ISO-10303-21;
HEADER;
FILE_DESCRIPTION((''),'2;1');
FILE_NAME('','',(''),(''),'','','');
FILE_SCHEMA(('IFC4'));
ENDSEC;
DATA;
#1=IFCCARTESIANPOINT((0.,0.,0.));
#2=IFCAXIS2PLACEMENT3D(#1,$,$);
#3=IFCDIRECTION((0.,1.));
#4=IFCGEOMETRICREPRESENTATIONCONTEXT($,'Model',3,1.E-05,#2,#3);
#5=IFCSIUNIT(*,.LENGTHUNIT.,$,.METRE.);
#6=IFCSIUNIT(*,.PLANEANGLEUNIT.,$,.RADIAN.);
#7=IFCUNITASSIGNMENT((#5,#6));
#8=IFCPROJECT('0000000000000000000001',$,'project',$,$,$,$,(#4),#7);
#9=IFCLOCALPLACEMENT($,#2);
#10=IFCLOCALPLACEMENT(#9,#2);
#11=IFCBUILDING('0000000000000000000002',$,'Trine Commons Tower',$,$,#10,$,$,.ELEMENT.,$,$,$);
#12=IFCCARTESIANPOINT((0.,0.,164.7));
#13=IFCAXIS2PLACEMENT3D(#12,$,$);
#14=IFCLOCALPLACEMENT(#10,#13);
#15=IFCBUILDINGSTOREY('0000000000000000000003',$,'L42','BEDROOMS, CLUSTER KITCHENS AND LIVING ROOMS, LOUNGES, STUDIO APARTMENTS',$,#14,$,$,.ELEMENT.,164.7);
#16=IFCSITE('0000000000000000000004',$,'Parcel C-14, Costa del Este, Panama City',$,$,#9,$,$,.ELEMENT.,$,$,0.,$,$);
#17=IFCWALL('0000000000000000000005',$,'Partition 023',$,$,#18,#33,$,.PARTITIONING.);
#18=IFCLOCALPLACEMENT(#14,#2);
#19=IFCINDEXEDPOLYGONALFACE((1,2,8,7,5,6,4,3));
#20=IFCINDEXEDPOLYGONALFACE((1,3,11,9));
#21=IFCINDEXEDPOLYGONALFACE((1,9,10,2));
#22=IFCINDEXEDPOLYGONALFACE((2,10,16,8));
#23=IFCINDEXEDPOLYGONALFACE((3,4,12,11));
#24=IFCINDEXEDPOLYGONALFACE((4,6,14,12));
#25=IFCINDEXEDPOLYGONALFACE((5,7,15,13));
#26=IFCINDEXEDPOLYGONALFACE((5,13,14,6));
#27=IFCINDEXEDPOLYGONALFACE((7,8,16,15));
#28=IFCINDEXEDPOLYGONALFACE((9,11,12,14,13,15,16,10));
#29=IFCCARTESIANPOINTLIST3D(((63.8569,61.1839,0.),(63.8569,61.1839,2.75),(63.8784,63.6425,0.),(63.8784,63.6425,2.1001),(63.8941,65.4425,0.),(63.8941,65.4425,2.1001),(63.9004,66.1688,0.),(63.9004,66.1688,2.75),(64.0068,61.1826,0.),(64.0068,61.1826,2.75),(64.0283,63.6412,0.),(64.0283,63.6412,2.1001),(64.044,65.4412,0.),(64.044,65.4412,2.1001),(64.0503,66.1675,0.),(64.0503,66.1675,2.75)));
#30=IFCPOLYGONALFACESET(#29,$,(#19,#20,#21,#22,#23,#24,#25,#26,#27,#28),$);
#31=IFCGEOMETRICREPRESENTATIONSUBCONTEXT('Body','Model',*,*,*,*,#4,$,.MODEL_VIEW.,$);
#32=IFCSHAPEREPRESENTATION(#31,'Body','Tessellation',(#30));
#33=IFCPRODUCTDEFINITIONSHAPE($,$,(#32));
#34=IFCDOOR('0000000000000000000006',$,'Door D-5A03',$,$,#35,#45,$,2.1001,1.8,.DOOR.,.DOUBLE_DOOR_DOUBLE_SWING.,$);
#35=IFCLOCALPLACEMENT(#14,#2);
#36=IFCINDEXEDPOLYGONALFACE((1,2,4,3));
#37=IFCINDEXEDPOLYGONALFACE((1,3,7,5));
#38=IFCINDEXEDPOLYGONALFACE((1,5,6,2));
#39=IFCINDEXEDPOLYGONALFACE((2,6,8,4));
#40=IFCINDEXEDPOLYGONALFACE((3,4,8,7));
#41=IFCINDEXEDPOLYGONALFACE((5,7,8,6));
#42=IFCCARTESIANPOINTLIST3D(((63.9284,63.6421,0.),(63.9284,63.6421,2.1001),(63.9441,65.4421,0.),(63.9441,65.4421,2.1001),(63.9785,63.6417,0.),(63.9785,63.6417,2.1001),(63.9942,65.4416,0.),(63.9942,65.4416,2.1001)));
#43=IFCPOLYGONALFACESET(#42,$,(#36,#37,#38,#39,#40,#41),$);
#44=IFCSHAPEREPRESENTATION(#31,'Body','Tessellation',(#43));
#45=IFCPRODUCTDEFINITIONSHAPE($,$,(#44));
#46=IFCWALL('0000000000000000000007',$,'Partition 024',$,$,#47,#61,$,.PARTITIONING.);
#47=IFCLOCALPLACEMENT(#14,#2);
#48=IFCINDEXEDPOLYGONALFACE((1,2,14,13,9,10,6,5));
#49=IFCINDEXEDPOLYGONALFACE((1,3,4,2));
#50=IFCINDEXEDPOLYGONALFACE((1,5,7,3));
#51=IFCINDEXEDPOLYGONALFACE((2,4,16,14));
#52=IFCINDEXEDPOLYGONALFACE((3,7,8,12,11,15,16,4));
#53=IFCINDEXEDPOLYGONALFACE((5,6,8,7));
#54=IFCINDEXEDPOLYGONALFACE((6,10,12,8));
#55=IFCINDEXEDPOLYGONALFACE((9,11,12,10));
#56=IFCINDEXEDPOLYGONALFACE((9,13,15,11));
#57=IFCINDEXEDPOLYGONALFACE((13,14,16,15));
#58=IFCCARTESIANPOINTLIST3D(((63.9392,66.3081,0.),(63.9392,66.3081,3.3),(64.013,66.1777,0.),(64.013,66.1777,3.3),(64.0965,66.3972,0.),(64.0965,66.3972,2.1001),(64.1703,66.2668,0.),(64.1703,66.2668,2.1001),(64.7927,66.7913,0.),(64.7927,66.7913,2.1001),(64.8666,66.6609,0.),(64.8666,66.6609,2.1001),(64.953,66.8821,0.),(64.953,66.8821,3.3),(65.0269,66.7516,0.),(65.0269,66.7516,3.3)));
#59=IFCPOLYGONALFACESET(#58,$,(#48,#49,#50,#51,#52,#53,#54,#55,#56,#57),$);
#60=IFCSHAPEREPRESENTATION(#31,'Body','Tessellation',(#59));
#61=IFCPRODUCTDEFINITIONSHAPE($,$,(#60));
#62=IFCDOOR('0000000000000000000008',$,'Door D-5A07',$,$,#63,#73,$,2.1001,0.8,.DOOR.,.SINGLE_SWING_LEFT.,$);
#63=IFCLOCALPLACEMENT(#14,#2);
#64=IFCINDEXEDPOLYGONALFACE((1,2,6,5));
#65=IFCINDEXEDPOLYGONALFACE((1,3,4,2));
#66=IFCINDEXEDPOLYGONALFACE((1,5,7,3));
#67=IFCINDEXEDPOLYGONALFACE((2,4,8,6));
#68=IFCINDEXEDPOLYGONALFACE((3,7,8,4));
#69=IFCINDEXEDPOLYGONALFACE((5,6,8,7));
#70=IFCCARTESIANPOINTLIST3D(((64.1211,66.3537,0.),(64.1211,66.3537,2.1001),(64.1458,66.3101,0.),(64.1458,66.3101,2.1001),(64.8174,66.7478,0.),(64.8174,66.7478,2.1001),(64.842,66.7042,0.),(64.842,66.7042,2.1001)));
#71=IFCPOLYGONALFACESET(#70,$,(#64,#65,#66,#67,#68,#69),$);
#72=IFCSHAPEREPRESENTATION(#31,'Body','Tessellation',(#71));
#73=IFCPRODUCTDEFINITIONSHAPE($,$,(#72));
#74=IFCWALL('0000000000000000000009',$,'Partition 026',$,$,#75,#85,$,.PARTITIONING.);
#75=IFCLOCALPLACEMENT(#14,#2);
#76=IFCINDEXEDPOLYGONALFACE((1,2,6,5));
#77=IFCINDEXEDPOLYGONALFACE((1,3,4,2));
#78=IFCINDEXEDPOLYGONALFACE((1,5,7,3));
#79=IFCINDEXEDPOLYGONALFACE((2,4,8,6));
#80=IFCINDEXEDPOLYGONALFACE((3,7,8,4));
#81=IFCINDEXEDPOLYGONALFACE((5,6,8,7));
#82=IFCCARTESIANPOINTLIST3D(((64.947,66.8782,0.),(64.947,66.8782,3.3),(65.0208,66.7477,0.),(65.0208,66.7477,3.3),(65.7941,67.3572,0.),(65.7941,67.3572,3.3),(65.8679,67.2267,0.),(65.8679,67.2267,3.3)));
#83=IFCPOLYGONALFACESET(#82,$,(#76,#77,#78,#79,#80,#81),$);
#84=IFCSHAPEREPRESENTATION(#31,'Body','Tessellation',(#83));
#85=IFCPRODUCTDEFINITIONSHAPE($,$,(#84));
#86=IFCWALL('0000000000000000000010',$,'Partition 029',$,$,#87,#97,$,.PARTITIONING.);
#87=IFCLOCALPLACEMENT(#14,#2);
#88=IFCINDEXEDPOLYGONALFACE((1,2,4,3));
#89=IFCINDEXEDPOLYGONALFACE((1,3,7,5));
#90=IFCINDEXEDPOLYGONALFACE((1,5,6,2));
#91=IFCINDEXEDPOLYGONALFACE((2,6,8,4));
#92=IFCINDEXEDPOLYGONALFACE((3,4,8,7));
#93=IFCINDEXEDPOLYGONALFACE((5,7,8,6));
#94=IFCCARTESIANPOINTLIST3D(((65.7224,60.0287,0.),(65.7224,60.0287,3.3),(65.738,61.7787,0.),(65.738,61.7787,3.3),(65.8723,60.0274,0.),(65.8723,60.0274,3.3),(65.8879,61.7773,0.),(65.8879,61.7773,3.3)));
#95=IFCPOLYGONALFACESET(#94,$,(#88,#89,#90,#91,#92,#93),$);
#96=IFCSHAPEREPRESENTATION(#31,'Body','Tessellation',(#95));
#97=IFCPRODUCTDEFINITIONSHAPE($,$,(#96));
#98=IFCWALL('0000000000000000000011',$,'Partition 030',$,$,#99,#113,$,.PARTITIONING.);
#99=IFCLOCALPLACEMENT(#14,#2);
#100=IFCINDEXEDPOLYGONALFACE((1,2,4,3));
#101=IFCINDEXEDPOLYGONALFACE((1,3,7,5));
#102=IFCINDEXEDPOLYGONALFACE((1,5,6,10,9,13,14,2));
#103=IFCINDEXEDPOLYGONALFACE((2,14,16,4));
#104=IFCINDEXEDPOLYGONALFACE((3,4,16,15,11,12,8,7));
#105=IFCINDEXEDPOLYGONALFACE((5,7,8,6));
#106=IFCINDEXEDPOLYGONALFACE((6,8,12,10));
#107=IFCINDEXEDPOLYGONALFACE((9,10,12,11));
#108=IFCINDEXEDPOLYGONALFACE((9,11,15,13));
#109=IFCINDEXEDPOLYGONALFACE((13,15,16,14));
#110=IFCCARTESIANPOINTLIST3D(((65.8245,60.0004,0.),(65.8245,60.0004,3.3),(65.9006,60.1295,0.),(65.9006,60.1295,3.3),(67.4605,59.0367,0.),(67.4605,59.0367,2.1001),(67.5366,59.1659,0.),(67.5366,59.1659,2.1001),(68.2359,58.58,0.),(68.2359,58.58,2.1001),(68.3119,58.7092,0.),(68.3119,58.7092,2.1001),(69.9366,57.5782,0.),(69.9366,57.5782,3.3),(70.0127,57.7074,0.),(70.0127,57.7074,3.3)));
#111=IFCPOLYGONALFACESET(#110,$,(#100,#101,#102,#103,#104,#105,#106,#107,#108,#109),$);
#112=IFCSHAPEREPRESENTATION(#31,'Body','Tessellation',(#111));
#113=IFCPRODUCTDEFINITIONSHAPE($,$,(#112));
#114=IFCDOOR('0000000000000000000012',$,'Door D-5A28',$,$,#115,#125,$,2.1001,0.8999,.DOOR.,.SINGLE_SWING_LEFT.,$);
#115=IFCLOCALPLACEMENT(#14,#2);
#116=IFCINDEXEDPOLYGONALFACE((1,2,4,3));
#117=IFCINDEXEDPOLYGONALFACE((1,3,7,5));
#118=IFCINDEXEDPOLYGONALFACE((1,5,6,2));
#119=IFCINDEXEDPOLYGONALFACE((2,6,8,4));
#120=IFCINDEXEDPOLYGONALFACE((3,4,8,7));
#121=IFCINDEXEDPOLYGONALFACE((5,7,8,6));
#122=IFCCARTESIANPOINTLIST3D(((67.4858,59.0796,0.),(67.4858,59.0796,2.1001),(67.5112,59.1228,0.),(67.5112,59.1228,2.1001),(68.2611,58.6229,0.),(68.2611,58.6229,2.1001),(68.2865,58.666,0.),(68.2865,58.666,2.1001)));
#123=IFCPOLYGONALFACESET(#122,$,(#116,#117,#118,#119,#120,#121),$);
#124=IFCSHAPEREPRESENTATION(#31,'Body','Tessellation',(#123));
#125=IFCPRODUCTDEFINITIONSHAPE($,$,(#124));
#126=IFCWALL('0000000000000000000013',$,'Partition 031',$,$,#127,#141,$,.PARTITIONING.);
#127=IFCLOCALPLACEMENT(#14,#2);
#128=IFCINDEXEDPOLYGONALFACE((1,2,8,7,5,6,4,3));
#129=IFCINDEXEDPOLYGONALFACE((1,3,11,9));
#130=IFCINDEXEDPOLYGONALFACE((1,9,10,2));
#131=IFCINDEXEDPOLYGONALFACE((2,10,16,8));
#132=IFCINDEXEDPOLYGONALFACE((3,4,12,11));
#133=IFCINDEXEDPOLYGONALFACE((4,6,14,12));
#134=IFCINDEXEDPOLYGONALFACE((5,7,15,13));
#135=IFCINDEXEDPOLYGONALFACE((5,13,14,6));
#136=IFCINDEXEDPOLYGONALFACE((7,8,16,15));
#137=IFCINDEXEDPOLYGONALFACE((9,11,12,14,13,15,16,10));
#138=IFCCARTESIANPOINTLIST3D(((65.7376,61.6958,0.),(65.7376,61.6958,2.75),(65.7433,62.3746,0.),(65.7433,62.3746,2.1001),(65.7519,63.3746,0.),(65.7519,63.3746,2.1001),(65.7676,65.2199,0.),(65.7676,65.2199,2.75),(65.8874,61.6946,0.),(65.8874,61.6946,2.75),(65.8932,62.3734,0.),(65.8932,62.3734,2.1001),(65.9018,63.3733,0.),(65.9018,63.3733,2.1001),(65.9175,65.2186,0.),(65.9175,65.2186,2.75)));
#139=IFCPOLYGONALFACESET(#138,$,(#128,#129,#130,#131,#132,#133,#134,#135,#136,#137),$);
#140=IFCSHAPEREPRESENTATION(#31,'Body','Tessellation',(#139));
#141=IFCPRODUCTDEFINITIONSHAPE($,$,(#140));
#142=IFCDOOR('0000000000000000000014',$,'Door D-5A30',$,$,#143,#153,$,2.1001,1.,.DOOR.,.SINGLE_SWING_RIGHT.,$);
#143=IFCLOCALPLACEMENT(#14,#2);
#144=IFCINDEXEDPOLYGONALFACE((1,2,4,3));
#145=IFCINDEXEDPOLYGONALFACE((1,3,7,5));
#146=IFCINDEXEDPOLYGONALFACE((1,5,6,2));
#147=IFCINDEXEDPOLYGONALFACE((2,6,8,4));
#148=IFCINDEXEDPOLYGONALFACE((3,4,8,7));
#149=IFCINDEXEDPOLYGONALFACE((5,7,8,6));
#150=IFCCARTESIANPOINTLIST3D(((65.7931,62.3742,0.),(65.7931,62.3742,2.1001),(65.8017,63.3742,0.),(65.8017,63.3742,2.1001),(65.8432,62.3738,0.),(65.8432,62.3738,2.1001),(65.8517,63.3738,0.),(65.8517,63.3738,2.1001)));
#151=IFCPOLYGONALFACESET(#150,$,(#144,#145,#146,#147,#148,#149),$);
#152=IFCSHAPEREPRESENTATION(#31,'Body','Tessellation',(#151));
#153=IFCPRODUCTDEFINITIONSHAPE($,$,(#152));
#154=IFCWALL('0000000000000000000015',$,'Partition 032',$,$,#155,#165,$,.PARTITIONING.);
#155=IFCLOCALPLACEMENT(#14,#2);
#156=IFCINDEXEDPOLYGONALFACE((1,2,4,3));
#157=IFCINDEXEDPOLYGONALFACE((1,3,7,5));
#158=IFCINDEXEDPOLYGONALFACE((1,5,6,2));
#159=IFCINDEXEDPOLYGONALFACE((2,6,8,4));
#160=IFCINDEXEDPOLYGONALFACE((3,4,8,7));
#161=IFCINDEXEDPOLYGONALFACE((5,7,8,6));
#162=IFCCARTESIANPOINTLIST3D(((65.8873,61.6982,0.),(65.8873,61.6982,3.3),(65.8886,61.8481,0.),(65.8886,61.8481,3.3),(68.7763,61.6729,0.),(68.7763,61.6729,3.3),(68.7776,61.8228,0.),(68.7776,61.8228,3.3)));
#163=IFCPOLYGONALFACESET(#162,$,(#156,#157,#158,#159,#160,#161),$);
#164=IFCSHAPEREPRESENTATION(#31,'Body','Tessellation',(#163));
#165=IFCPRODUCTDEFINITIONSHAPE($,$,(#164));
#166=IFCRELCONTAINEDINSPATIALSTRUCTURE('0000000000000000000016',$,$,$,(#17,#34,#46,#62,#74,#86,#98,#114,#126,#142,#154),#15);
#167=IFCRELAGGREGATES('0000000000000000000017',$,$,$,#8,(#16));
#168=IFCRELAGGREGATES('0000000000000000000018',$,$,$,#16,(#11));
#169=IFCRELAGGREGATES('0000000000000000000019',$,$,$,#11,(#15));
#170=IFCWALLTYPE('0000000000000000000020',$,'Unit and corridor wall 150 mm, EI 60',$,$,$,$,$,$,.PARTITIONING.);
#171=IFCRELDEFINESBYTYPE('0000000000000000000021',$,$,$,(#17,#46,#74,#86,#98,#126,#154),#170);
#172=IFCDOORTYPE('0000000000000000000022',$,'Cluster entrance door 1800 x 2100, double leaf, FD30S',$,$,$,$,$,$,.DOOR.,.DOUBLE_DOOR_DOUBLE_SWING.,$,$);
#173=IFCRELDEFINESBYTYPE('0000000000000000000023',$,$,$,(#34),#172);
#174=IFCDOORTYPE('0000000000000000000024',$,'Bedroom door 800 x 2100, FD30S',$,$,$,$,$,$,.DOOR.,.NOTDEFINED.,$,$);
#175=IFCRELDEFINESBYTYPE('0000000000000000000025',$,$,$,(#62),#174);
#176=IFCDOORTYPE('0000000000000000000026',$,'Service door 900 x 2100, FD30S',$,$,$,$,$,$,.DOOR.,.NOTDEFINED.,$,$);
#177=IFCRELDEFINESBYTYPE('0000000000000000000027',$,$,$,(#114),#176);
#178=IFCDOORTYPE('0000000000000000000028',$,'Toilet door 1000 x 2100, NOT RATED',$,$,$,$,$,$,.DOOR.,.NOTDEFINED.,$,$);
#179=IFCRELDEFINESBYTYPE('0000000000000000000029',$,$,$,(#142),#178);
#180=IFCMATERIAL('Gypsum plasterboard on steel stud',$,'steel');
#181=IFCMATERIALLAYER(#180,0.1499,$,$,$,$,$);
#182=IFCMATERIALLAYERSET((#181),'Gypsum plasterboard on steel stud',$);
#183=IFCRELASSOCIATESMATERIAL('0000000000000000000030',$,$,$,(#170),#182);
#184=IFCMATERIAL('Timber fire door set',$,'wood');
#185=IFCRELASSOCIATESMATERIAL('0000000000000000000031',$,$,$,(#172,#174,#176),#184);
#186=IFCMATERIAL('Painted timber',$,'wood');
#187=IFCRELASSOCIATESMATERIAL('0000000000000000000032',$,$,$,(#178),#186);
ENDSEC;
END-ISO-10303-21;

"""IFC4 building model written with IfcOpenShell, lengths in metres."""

from ifc_helpers import new_model, si_unit, direction, frame, frame_2d, origin, place, context, subcontext, project, spatial, rectangle, extrude, material, layer, layer_set, type_object, element, fill, save


model = new_model("IFC4")

# Units and contexts
model_context = context("Model", 3, precision=1e-05, world=origin(), true_north=direction((0.0, 1.0)))
body_context = subcontext(model_context, "Body", "Model", "MODEL_VIEW")
ifc_project = project(units=[si_unit("LENGTHUNIT", "METRE"), si_unit("PLANEANGLEUNIT", "RADIAN")], contexts=[model_context])

# Site, building, storey
site_placement = place(None, origin())
site = spatial("IfcSite", under=ifc_project, at=site_placement, Name="Parcel C-14, Costa del Este, Panama City", CompositionType="ELEMENT", RefElevation=0.0)
building_placement = place(site_placement, origin())
building = spatial("IfcBuilding", under=site, at=building_placement, Name="Trine Commons Tower", CompositionType="ELEMENT")
storey_placement = place(building_placement, frame((0.0, 0.0, 164.7)))
storey = spatial("IfcBuildingStorey", under=building, at=storey_placement, Name="L42", Description="BEDROOMS, CLUSTER KITCHENS AND LIVING ROOMS, LOUNGES, STUDIO APARTMENTS", CompositionType="ELEMENT", Elevation=164.7)

# Shared definitions
ifc_material_1 = material(Name="Gypsum plasterboard on steel stud", Category="steel")
ifc_layer_1 = layer(ifc_material_1, 0.1499)
ifc_layer_set_1 = layer_set([ifc_layer_1], Name="Gypsum plasterboard on steel stud")
wall_type_1 = type_object("IfcWallType", Name="Unit and corridor wall 150 mm, EI 60", PredefinedType="PARTITIONING", material=ifc_layer_set_1)

# Walls, openings, doors
wall_1_placement = place(storey_placement, frame((63.9319, 61.1831, 0.0), z_axis=(0.0, 0.0, 1.0), x_axis=(0.008717, 0.999962, 0.0)))
wall_1 = element("IfcWall", 1, at=wall_1_placement, inside=storey, type_object=wall_type_1, Name="Partition 023", PredefinedType="PARTITIONING", context=body_context, shape_type="SweptSolid", body=[
    extrude(rectangle(XDim=4.9851, YDim=0.1499, at=frame_2d((2.4927, 0.0))), origin(), (0.0, 0.0, 1.0), 2.75),
])
opening_1_placement = place(wall_1_placement, frame((2.459, 0.0, 0.0)))
opening_1 = element("IfcOpeningElement", 2, at=opening_1_placement, cuts=wall_1, PredefinedType="OPENING", context=body_context, shape_type="SweptSolid", body=[
    extrude(rectangle(XDim=1.8, YDim=2.1001, at=frame_2d((0.8999, 1.05))), frame((0.0, 0.085, 0.0), z_axis=(0.0, -1.0, 0.0), x_axis=(1.0, 0.0, 0.0)), (0.0, 0.0, 1.0), 0.1699),
])
ifc_material_2 = material(Name="Timber fire door set", Category="wood")
door_type_1 = type_object("IfcDoorType", Name="Cluster entrance door 1800 x 2100, double leaf, FD30S", OperationType="DOUBLE_DOOR_DOUBLE_SWING", PredefinedType="DOOR", material=ifc_material_2)
door_1_placement = place(opening_1_placement, origin())
door_1 = element("IfcDoor", 3, at=door_1_placement, inside=storey, type_object=door_type_1, Name="Door D-5A03", OperationType="DOUBLE_DOOR_DOUBLE_SWING", OverallHeight=2.1001, OverallWidth=1.8, PredefinedType="DOOR", context=body_context, shape_type="SweptSolid", body=[
    extrude(rectangle(XDim=1.8, YDim=2.1001, at=frame_2d((0.8999, 1.05))), frame((0.0, 0.0249, 0.0), z_axis=(0.0, -1.0, 0.0), x_axis=(1.0, 0.0, 0.0)), (0.0, 0.0, 1.0), 0.05),
])
fill(opening_1, door_1)
wall_2_placement = place(storey_placement, frame((63.9761, 66.2429, 0.0), z_axis=(0.0, 0.0, 1.0), x_axis=(0.870235, 0.492637, 0.0)))
wall_2 = element("IfcWall", 4, at=wall_2_placement, inside=storey, type_object=wall_type_1, Name="Partition 024", PredefinedType="PARTITIONING", context=body_context, shape_type="SweptSolid", body=[
    extrude(rectangle(XDim=1.165, YDim=0.1499, at=frame_2d((0.5825, 0.0))), origin(), (0.0, 0.0, 1.0), 3.3),
])
opening_2_placement = place(wall_2_placement, frame((0.1809, 0.0, 0.0)))
opening_2 = element("IfcOpeningElement", 5, at=opening_2_placement, cuts=wall_2, PredefinedType="OPENING", context=body_context, shape_type="SweptSolid", body=[
    extrude(rectangle(XDim=0.8, YDim=2.1001, at=frame_2d((0.3999, 1.05))), frame((0.0, 0.085, 0.0), z_axis=(0.0, -1.0, 0.0), x_axis=(1.0, 0.0, 0.0)), (0.0, 0.0, 1.0), 0.1699),
])
door_type_2 = type_object("IfcDoorType", Name="Bedroom door 800 x 2100, FD30S", OperationType="NOTDEFINED", PredefinedType="DOOR", material=ifc_material_2)
door_2_placement = place(opening_2_placement, origin())
door_2 = element("IfcDoor", 6, at=door_2_placement, inside=storey, type_object=door_type_2, Name="Door D-5A07", OperationType="SINGLE_SWING_LEFT", OverallHeight=2.1001, OverallWidth=0.8, PredefinedType="DOOR", context=body_context, shape_type="SweptSolid", body=[
    extrude(rectangle(XDim=0.8, YDim=2.1001, at=frame_2d((0.3999, 1.05))), frame((0.0, 0.0249, 0.0), z_axis=(0.0, -1.0, 0.0), x_axis=(1.0, 0.0, 0.0)), (0.0, 0.0, 1.0), 0.05),
])
fill(opening_2, door_2)

# Walls
wall_3_placement = place(storey_placement, frame((64.9839, 66.813, 0.0), z_axis=(0.0, 0.0, 1.0), x_axis=(0.870488, 0.49219, 0.0)))
element("IfcWall", 7, at=wall_3_placement, inside=storey, type_object=wall_type_1, Name="Partition 026", PredefinedType="PARTITIONING", context=body_context, shape_type="SweptSolid", body=[
    extrude(rectangle(XDim=0.9731, YDim=0.1499, at=frame_2d((0.4866, 0.0))), origin(), (0.0, 0.0, 1.0), 3.3),
])
wall_4_placement = place(storey_placement, frame((65.7974, 60.0281, 0.0), z_axis=(0.0, 0.0, 1.0), x_axis=(0.008928, 0.99996, 0.0)))
element("IfcWall", 8, at=wall_4_placement, inside=storey, type_object=wall_type_1, Name="Partition 029", PredefinedType="PARTITIONING", context=body_context, shape_type="SweptSolid", body=[
    extrude(rectangle(XDim=1.75, YDim=0.1499, at=frame_2d((0.875, 0.0))), origin(), (0.0, 0.0, 1.0), 3.3),
])

# Walls, openings, doors
wall_5_placement = place(storey_placement, frame((65.8625, 60.0649, 0.0), z_axis=(0.0, 0.0, 1.0), x_axis=(0.861636, -0.507528, 0.0)))
wall_5 = element("IfcWall", 9, at=wall_5_placement, inside=storey, type_object=wall_type_1, Name="Partition 030", PredefinedType="PARTITIONING", context=body_context, shape_type="SweptSolid", body=[
    extrude(rectangle(XDim=4.7725, YDim=0.1499, at=frame_2d((2.3862, 0.0))), origin(), (0.0, 0.0, 1.0), 3.3),
])
opening_3_placement = place(wall_5_placement, frame((1.8987, 0.0, 0.0)))
opening_3 = element("IfcOpeningElement", 10, at=opening_3_placement, cuts=wall_5, PredefinedType="OPENING", context=body_context, shape_type="SweptSolid", body=[
    extrude(rectangle(XDim=0.8999, YDim=2.1001, at=frame_2d((0.45, 1.05))), frame((0.0, 0.085, 0.0), z_axis=(0.0, -1.0, 0.0), x_axis=(1.0, 0.0, 0.0)), (0.0, 0.0, 1.0), 0.1699),
])
door_type_3 = type_object("IfcDoorType", Name="Service door 900 x 2100, FD30S", OperationType="NOTDEFINED", PredefinedType="DOOR", material=ifc_material_2)
door_3_placement = place(opening_3_placement, origin())
door_3 = element("IfcDoor", 11, at=door_3_placement, inside=storey, type_object=door_type_3, Name="Door D-5A28", OperationType="SINGLE_SWING_LEFT", OverallHeight=2.1001, OverallWidth=0.8999, PredefinedType="DOOR", context=body_context, shape_type="SweptSolid", body=[
    extrude(rectangle(XDim=0.8999, YDim=2.1001, at=frame_2d((0.45, 1.05))), frame((0.0, 0.0249, 0.0), z_axis=(0.0, -1.0, 0.0), x_axis=(1.0, 0.0, 0.0)), (0.0, 0.0, 1.0), 0.05),
])
fill(opening_3, door_3)
wall_6_placement = place(storey_placement, frame((65.8125, 61.6951, 0.0), z_axis=(0.0, 0.0, 1.0), x_axis=(0.008521, 0.999964, 0.0)))
wall_6 = element("IfcWall", 12, at=wall_6_placement, inside=storey, type_object=wall_type_1, Name="Partition 031", PredefinedType="PARTITIONING", context=body_context, shape_type="SweptSolid", body=[
    extrude(rectangle(XDim=3.5242, YDim=0.1499, at=frame_2d((1.7622, 0.0))), origin(), (0.0, 0.0, 1.0), 2.75),
])
opening_4_placement = place(wall_6_placement, frame((0.679, 0.0, 0.0)))
opening_4 = element("IfcOpeningElement", 13, at=opening_4_placement, cuts=wall_6, PredefinedType="OPENING", context=body_context, shape_type="SweptSolid", body=[
    extrude(rectangle(XDim=1.0, YDim=2.1001, at=frame_2d((0.5, 1.05))), frame((0.0, 0.085, 0.0), z_axis=(0.0, -1.0, 0.0), x_axis=(1.0, 0.0, 0.0)), (0.0, 0.0, 1.0), 0.1699),
])
ifc_material_3 = material(Name="Painted timber", Category="wood")
door_type_4 = type_object("IfcDoorType", Name="Toilet door 1000 x 2100, NOT RATED", OperationType="NOTDEFINED", PredefinedType="DOOR", material=ifc_material_3)
door_4_placement = place(opening_4_placement, frame((1.0, 0.0, 0.0), z_axis=(0.0, 0.0, 1.0), x_axis=(-1.0, 0.0, 0.0)))
door_4 = element("IfcDoor", 14, at=door_4_placement, inside=storey, type_object=door_type_4, Name="Door D-5A30", OperationType="SINGLE_SWING_RIGHT", OverallHeight=2.1001, OverallWidth=1.0, PredefinedType="DOOR", context=body_context, shape_type="SweptSolid", body=[
    extrude(rectangle(XDim=1.0, YDim=2.1001, at=frame_2d((0.5, 1.05))), frame((0.0, 0.0249, 0.0), z_axis=(0.0, -1.0, 0.0), x_axis=(1.0, 0.0, 0.0)), (0.0, 0.0, 1.0), 0.05),
])
fill(opening_4, door_4)

# Wall
wall_7_placement = place(storey_placement, frame((65.8879, 61.7732, 0.0), z_axis=(0.0, 0.0, 1.0), x_axis=(0.999961, -0.008788, 0.0)))
element("IfcWall", 15, at=wall_7_placement, inside=storey, type_object=wall_type_1, Name="Partition 032", PredefinedType="PARTITIONING", context=body_context, shape_type="SweptSolid", body=[
    extrude(rectangle(XDim=2.8892, YDim=0.1499, at=frame_2d((1.4446, 0.0))), origin(), (0.0, 0.0, 1.0), 3.3),
])

save(model, "model.ifc")
